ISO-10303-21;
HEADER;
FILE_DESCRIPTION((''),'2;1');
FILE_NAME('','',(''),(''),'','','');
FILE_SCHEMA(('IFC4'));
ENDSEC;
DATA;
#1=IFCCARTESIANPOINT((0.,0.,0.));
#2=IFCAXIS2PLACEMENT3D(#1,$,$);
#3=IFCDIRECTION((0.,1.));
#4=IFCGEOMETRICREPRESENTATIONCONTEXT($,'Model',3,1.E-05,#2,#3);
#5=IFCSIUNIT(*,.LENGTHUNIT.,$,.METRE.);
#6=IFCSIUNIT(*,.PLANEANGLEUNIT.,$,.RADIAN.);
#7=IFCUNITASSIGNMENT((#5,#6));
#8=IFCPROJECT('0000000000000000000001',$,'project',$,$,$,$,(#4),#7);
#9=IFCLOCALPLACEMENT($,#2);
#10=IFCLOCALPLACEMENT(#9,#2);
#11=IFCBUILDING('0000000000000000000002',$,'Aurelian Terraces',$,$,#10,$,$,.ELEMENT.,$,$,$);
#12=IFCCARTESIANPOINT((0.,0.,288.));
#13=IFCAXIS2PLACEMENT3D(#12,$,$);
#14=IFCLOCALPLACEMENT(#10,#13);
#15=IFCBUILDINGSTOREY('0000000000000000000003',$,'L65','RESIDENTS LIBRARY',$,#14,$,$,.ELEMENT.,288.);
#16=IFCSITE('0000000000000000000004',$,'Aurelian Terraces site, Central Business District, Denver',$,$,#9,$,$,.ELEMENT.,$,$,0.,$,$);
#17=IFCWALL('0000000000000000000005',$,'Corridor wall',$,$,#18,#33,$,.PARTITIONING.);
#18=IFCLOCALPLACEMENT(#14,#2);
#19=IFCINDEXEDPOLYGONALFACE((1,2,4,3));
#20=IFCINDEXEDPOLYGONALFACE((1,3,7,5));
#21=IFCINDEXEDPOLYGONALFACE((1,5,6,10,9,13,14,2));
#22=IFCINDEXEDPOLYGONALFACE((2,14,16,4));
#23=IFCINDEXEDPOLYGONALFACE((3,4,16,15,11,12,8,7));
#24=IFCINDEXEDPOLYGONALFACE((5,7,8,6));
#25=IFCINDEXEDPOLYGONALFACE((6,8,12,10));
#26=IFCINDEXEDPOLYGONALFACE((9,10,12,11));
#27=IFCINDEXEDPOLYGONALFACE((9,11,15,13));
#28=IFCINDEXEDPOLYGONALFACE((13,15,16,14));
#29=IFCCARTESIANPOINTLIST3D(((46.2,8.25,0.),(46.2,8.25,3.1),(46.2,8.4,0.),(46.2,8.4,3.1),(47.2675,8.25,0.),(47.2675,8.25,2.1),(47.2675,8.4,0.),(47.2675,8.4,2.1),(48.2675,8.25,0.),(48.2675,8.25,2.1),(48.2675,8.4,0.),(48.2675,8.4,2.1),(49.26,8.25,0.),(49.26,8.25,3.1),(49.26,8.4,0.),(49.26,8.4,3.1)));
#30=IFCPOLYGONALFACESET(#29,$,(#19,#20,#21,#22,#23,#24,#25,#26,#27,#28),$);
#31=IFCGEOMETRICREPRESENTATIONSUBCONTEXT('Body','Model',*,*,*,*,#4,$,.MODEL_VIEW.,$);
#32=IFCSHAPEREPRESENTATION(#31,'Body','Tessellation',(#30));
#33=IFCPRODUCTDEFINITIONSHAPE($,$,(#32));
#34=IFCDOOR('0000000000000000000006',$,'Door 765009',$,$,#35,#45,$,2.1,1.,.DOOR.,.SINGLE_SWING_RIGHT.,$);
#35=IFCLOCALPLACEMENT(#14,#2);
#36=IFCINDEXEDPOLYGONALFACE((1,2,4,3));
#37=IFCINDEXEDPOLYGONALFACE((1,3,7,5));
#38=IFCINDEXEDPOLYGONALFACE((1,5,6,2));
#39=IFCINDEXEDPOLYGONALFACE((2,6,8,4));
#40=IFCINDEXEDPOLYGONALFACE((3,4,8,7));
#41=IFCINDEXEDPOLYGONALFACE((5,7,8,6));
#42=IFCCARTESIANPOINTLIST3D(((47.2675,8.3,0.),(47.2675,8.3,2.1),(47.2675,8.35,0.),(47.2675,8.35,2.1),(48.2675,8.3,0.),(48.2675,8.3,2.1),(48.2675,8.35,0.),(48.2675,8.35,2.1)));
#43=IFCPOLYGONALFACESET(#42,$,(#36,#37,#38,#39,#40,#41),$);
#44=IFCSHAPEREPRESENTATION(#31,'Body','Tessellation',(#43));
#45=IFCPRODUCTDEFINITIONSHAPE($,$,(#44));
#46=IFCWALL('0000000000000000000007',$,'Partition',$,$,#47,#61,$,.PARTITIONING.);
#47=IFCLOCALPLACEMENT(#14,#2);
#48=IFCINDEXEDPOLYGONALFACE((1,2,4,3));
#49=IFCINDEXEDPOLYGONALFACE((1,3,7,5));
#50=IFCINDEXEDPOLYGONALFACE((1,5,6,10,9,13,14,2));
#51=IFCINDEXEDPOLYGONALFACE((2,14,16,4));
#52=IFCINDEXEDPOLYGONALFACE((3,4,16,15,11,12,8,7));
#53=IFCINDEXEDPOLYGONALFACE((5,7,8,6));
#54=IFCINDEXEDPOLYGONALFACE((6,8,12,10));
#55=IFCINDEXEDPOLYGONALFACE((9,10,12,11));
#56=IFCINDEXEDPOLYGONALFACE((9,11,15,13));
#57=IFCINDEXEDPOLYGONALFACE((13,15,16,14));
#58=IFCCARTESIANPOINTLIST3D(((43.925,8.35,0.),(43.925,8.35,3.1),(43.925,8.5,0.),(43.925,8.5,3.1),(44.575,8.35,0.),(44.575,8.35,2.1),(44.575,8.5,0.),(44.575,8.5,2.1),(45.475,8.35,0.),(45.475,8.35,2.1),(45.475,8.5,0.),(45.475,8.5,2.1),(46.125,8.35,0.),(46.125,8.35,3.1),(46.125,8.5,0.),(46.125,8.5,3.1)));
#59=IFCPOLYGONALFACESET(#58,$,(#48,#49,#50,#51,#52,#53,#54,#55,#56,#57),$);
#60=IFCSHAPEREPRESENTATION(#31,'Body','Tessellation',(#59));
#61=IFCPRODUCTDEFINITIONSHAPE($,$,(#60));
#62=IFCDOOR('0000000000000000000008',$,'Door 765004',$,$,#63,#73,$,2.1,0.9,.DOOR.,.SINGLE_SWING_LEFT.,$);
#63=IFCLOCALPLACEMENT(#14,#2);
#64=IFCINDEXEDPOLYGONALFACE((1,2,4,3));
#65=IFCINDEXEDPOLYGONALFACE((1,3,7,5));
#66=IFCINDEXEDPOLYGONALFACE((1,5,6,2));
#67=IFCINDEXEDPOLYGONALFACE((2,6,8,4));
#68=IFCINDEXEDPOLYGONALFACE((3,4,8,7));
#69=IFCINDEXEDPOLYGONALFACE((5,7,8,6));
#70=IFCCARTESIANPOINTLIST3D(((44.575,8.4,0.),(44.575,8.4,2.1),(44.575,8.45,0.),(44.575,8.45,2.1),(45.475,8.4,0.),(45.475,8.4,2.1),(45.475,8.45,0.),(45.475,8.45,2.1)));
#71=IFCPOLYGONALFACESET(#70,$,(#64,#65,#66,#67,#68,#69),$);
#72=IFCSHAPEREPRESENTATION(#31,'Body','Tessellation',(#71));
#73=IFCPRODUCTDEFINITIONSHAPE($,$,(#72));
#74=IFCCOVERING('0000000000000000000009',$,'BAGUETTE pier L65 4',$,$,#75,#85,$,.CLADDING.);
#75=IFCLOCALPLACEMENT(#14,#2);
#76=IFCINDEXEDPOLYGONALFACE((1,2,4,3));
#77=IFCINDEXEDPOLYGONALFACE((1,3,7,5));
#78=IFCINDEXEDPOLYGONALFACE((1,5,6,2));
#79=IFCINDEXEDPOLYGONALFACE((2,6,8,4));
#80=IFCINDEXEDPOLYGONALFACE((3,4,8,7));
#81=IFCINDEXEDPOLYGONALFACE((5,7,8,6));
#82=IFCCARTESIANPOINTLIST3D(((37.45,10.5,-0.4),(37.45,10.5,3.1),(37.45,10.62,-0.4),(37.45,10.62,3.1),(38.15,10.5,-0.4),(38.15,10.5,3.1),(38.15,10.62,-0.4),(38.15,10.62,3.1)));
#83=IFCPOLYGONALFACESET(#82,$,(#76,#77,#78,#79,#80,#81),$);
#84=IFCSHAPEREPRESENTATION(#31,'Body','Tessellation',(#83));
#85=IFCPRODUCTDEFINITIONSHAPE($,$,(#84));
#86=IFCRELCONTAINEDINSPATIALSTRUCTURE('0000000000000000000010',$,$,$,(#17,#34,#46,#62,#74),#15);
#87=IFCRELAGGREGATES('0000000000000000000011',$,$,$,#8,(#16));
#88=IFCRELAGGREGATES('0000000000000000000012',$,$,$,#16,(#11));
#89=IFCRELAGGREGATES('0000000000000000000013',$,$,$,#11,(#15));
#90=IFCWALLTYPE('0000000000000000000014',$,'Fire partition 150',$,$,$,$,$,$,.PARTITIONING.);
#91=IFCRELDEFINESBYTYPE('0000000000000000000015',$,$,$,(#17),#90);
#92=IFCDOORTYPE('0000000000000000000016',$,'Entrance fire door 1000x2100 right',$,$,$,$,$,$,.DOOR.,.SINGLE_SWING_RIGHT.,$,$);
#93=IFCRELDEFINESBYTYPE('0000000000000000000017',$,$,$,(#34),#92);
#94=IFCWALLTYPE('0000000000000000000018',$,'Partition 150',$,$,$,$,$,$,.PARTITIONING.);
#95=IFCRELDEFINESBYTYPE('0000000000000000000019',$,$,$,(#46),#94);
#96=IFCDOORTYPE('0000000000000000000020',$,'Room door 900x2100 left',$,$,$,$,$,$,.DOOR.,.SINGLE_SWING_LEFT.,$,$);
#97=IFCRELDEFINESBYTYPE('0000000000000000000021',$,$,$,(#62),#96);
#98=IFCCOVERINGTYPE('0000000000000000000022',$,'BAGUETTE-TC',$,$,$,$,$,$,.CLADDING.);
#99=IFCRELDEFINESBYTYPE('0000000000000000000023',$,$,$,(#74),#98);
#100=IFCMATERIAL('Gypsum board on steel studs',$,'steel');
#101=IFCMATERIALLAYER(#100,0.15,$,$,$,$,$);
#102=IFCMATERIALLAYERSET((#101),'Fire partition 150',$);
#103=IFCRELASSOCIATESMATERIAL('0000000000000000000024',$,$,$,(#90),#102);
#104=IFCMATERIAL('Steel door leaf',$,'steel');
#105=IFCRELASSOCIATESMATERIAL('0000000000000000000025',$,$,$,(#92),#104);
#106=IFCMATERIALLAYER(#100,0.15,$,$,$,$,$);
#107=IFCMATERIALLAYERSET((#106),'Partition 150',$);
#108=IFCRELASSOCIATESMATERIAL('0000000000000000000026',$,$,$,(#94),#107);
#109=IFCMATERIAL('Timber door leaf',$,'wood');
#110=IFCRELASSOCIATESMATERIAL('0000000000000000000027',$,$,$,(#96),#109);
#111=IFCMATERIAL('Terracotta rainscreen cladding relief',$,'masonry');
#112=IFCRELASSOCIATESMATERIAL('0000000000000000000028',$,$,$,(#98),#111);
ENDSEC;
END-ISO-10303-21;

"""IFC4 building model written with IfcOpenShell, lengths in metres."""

from ifc_helpers import new_model, si_unit, direction, frame, frame_2d, origin, origin_2d, place, context, subcontext, project, spatial, rectangle, extrude, source, transform, mapped, material, layer, layer_set, type_object, element, fill, save


model = new_model("IFC4")

# Units and contexts
model_context = context("Model", 3, precision=1e-05, world=origin(), true_north=direction((0.0, 1.0)))
body_context = subcontext(model_context, "Body", "Model", "MODEL_VIEW")
ifc_project = project(units=[si_unit("LENGTHUNIT", "METRE"), si_unit("PLANEANGLEUNIT", "RADIAN")], contexts=[model_context])

# Site, building, storey
site_placement = place(None, origin())
site = spatial("IfcSite", under=ifc_project, at=site_placement, Name="Aurelian Terraces site, Central Business District, Denver", CompositionType="ELEMENT", RefElevation=0.0)
building_placement = place(site_placement, origin())
building = spatial("IfcBuilding", under=site, at=building_placement, Name="Aurelian Terraces", CompositionType="ELEMENT")
storey_placement = place(building_placement, frame((0.0, 0.0, 288.0)))
storey = spatial("IfcBuildingStorey", under=building, at=storey_placement, Name="L65", Description="RESIDENTS LIBRARY", CompositionType="ELEMENT", Elevation=288.0)

# Shared definitions
ifc_material_1 = material(Name="Gypsum board on steel studs", Category="steel")
ifc_material_2 = material(Name="Steel door leaf", Category="steel")
shared_shape_1 = source(origin(), body_context, "Body", "SweptSolid", [
    extrude(rectangle(XDim=0.9, YDim=2.1, at=frame_2d((0.45, 1.05))), frame((0.0, 0.025, 0.0), z_axis=(0.0, -1.0, 0.0), x_axis=(1.0, 0.0, 0.0)), (0.0, 0.0, 1.0), 0.05),
])

# Walls, openings, doors
ifc_layer_1 = layer(ifc_material_1, 0.15)
ifc_layer_set_1 = layer_set([ifc_layer_1], Name="Fire partition 150")
wall_type_1 = type_object("IfcWallType", Name="Fire partition 150", PredefinedType="PARTITIONING", material=ifc_layer_set_1)
shared_shape_2 = source(origin(), body_context, "Body", "SweptSolid", [
    extrude(rectangle(XDim=1.0, YDim=2.1, at=frame_2d((0.5, 1.05))), frame((0.0, 0.085, 0.0), z_axis=(0.0, -1.0, 0.0), x_axis=(1.0, 0.0, 0.0)), (0.0, 0.0, 1.0), 0.17),
])
door_type_1 = type_object("IfcDoorType", Name="Entrance fire door 1000x2100 right", OperationType="SINGLE_SWING_RIGHT", PredefinedType="DOOR", material=ifc_material_2)
shared_shape_3 = source(origin(), body_context, "Body", "SweptSolid", [
    extrude(rectangle(XDim=1.0, YDim=2.1, at=frame_2d((0.5, 1.05))), frame((0.0, 0.025, 0.0), z_axis=(0.0, -1.0, 0.0), x_axis=(1.0, 0.0, 0.0)), (0.0, 0.0, 1.0), 0.05),
])
shared_shape_4 = source(origin(), body_context, "Body", "SweptSolid", [
    extrude(rectangle(XDim=3.06, YDim=0.15, at=frame_2d((1.53, 0.0))), origin(), (0.0, 0.0, 1.0), 3.1),
])
wall_1_placement = place(storey_placement, frame((49.26, 8.325, 0.0), z_axis=(0.0, 0.0, 1.0), x_axis=(-1.0, 0.0, 0.0)))
wall_1 = element("IfcWall", 1, at=wall_1_placement, inside=storey, type_object=wall_type_1, Name="Corridor wall", PredefinedType="PARTITIONING", context=body_context, shape_type="MappedRepresentation", body=[
    mapped(shared_shape_4, transform((0.0, 0.0, 0.0), scale=1.0)),
])
opening_1_placement = place(wall_1_placement, frame((0.9925, 0.0, 0.0)))
opening_1 = element("IfcOpeningElement", 2, at=opening_1_placement, cuts=wall_1, PredefinedType="OPENING", context=body_context, shape_type="MappedRepresentation", body=[
    mapped(shared_shape_2, transform((0.0, 0.0, 0.0), scale=1.0)),
])
door_1_placement = place(opening_1_placement, origin())
door_1 = element("IfcDoor", 3, at=door_1_placement, inside=storey, type_object=door_type_1, Name="Door 765009", OperationType="SINGLE_SWING_RIGHT", OverallHeight=2.1, OverallWidth=1.0, PredefinedType="DOOR", context=body_context, shape_type="MappedRepresentation", body=[
    mapped(shared_shape_3, transform((0.0, 0.0, 0.0), scale=1.0)),
])
fill(opening_1, door_1)
ifc_layer_2 = layer(ifc_material_1, 0.15)
ifc_layer_set_2 = layer_set([ifc_layer_2], Name="Partition 150")
wall_type_2 = type_object("IfcWallType", Name="Partition 150", PredefinedType="PARTITIONING", material=ifc_layer_set_2)
shared_shape_5 = source(origin(), body_context, "Body", "SweptSolid", [
    extrude(rectangle(XDim=2.2, YDim=0.15, at=frame_2d((1.1, 0.0))), origin(), (0.0, 0.0, 1.0), 3.1),
])
wall_2_placement = place(storey_placement, frame((46.125, 8.425, 0.0), z_axis=(0.0, 0.0, 1.0), x_axis=(-1.0, 0.0, 0.0)))
wall_2 = element("IfcWall", 4, at=wall_2_placement, inside=storey, type_object=wall_type_2, Name="Partition", PredefinedType="PARTITIONING", context=body_context, shape_type="MappedRepresentation", body=[
    mapped(shared_shape_5, transform((0.0, 0.0, 0.0), scale=1.0)),
])
shared_shape_6 = source(origin(), body_context, "Body", "SweptSolid", [
    extrude(rectangle(XDim=0.9, YDim=2.1, at=frame_2d((0.45, 1.05))), frame((0.0, 0.085, 0.0), z_axis=(0.0, -1.0, 0.0), x_axis=(1.0, 0.0, 0.0)), (0.0, 0.0, 1.0), 0.17),
])
opening_2_placement = place(wall_2_placement, frame((0.65, 0.0, 0.0)))
opening_2 = element("IfcOpeningElement", 5, at=opening_2_placement, cuts=wall_2, PredefinedType="OPENING", context=body_context, shape_type="MappedRepresentation", body=[
    mapped(shared_shape_6, transform((0.0, 0.0, 0.0), scale=1.0)),
])
ifc_material_3 = material(Name="Timber door leaf", Category="wood")
door_type_2 = type_object("IfcDoorType", Name="Room door 900x2100 left", OperationType="SINGLE_SWING_LEFT", PredefinedType="DOOR", material=ifc_material_3)
door_2_placement = place(opening_2_placement, origin())
door_2 = element("IfcDoor", 6, at=door_2_placement, inside=storey, type_object=door_type_2, Name="Door 765004", OperationType="SINGLE_SWING_LEFT", OverallHeight=2.1, OverallWidth=0.9, PredefinedType="DOOR", context=body_context, shape_type="MappedRepresentation", body=[
    mapped(shared_shape_1, transform((0.0, 0.0, 0.0), scale=1.0)),
])
fill(opening_2, door_2)

# Covering
ifc_material_4 = material(Name="Terracotta rainscreen cladding relief", Category="masonry")
covering_type = type_object("IfcCoveringType", Name="BAGUETTE-TC", PredefinedType="CLADDING", material=ifc_material_4)
shared_shape_7 = source(origin(), body_context, "Body", "SweptSolid", [
    extrude(rectangle(XDim=0.7, YDim=0.12, at=origin_2d()), origin(), (0.0, 0.0, 1.0), 3.5),
])
covering_placement = place(storey_placement, frame((37.8, 10.56, -0.4), z_axis=(0.0, 0.0, 1.0), x_axis=(1.0, 0.0, 0.0)))
element("IfcCovering", 7, at=covering_placement, inside=storey, type_object=covering_type, Name="BAGUETTE pier L65 4", PredefinedType="CLADDING", context=body_context, shape_type="MappedRepresentation", body=[
    mapped(shared_shape_7, transform((0.0, 0.0, 0.0), scale=1.0)),
])

save(model, "model.ifc")
